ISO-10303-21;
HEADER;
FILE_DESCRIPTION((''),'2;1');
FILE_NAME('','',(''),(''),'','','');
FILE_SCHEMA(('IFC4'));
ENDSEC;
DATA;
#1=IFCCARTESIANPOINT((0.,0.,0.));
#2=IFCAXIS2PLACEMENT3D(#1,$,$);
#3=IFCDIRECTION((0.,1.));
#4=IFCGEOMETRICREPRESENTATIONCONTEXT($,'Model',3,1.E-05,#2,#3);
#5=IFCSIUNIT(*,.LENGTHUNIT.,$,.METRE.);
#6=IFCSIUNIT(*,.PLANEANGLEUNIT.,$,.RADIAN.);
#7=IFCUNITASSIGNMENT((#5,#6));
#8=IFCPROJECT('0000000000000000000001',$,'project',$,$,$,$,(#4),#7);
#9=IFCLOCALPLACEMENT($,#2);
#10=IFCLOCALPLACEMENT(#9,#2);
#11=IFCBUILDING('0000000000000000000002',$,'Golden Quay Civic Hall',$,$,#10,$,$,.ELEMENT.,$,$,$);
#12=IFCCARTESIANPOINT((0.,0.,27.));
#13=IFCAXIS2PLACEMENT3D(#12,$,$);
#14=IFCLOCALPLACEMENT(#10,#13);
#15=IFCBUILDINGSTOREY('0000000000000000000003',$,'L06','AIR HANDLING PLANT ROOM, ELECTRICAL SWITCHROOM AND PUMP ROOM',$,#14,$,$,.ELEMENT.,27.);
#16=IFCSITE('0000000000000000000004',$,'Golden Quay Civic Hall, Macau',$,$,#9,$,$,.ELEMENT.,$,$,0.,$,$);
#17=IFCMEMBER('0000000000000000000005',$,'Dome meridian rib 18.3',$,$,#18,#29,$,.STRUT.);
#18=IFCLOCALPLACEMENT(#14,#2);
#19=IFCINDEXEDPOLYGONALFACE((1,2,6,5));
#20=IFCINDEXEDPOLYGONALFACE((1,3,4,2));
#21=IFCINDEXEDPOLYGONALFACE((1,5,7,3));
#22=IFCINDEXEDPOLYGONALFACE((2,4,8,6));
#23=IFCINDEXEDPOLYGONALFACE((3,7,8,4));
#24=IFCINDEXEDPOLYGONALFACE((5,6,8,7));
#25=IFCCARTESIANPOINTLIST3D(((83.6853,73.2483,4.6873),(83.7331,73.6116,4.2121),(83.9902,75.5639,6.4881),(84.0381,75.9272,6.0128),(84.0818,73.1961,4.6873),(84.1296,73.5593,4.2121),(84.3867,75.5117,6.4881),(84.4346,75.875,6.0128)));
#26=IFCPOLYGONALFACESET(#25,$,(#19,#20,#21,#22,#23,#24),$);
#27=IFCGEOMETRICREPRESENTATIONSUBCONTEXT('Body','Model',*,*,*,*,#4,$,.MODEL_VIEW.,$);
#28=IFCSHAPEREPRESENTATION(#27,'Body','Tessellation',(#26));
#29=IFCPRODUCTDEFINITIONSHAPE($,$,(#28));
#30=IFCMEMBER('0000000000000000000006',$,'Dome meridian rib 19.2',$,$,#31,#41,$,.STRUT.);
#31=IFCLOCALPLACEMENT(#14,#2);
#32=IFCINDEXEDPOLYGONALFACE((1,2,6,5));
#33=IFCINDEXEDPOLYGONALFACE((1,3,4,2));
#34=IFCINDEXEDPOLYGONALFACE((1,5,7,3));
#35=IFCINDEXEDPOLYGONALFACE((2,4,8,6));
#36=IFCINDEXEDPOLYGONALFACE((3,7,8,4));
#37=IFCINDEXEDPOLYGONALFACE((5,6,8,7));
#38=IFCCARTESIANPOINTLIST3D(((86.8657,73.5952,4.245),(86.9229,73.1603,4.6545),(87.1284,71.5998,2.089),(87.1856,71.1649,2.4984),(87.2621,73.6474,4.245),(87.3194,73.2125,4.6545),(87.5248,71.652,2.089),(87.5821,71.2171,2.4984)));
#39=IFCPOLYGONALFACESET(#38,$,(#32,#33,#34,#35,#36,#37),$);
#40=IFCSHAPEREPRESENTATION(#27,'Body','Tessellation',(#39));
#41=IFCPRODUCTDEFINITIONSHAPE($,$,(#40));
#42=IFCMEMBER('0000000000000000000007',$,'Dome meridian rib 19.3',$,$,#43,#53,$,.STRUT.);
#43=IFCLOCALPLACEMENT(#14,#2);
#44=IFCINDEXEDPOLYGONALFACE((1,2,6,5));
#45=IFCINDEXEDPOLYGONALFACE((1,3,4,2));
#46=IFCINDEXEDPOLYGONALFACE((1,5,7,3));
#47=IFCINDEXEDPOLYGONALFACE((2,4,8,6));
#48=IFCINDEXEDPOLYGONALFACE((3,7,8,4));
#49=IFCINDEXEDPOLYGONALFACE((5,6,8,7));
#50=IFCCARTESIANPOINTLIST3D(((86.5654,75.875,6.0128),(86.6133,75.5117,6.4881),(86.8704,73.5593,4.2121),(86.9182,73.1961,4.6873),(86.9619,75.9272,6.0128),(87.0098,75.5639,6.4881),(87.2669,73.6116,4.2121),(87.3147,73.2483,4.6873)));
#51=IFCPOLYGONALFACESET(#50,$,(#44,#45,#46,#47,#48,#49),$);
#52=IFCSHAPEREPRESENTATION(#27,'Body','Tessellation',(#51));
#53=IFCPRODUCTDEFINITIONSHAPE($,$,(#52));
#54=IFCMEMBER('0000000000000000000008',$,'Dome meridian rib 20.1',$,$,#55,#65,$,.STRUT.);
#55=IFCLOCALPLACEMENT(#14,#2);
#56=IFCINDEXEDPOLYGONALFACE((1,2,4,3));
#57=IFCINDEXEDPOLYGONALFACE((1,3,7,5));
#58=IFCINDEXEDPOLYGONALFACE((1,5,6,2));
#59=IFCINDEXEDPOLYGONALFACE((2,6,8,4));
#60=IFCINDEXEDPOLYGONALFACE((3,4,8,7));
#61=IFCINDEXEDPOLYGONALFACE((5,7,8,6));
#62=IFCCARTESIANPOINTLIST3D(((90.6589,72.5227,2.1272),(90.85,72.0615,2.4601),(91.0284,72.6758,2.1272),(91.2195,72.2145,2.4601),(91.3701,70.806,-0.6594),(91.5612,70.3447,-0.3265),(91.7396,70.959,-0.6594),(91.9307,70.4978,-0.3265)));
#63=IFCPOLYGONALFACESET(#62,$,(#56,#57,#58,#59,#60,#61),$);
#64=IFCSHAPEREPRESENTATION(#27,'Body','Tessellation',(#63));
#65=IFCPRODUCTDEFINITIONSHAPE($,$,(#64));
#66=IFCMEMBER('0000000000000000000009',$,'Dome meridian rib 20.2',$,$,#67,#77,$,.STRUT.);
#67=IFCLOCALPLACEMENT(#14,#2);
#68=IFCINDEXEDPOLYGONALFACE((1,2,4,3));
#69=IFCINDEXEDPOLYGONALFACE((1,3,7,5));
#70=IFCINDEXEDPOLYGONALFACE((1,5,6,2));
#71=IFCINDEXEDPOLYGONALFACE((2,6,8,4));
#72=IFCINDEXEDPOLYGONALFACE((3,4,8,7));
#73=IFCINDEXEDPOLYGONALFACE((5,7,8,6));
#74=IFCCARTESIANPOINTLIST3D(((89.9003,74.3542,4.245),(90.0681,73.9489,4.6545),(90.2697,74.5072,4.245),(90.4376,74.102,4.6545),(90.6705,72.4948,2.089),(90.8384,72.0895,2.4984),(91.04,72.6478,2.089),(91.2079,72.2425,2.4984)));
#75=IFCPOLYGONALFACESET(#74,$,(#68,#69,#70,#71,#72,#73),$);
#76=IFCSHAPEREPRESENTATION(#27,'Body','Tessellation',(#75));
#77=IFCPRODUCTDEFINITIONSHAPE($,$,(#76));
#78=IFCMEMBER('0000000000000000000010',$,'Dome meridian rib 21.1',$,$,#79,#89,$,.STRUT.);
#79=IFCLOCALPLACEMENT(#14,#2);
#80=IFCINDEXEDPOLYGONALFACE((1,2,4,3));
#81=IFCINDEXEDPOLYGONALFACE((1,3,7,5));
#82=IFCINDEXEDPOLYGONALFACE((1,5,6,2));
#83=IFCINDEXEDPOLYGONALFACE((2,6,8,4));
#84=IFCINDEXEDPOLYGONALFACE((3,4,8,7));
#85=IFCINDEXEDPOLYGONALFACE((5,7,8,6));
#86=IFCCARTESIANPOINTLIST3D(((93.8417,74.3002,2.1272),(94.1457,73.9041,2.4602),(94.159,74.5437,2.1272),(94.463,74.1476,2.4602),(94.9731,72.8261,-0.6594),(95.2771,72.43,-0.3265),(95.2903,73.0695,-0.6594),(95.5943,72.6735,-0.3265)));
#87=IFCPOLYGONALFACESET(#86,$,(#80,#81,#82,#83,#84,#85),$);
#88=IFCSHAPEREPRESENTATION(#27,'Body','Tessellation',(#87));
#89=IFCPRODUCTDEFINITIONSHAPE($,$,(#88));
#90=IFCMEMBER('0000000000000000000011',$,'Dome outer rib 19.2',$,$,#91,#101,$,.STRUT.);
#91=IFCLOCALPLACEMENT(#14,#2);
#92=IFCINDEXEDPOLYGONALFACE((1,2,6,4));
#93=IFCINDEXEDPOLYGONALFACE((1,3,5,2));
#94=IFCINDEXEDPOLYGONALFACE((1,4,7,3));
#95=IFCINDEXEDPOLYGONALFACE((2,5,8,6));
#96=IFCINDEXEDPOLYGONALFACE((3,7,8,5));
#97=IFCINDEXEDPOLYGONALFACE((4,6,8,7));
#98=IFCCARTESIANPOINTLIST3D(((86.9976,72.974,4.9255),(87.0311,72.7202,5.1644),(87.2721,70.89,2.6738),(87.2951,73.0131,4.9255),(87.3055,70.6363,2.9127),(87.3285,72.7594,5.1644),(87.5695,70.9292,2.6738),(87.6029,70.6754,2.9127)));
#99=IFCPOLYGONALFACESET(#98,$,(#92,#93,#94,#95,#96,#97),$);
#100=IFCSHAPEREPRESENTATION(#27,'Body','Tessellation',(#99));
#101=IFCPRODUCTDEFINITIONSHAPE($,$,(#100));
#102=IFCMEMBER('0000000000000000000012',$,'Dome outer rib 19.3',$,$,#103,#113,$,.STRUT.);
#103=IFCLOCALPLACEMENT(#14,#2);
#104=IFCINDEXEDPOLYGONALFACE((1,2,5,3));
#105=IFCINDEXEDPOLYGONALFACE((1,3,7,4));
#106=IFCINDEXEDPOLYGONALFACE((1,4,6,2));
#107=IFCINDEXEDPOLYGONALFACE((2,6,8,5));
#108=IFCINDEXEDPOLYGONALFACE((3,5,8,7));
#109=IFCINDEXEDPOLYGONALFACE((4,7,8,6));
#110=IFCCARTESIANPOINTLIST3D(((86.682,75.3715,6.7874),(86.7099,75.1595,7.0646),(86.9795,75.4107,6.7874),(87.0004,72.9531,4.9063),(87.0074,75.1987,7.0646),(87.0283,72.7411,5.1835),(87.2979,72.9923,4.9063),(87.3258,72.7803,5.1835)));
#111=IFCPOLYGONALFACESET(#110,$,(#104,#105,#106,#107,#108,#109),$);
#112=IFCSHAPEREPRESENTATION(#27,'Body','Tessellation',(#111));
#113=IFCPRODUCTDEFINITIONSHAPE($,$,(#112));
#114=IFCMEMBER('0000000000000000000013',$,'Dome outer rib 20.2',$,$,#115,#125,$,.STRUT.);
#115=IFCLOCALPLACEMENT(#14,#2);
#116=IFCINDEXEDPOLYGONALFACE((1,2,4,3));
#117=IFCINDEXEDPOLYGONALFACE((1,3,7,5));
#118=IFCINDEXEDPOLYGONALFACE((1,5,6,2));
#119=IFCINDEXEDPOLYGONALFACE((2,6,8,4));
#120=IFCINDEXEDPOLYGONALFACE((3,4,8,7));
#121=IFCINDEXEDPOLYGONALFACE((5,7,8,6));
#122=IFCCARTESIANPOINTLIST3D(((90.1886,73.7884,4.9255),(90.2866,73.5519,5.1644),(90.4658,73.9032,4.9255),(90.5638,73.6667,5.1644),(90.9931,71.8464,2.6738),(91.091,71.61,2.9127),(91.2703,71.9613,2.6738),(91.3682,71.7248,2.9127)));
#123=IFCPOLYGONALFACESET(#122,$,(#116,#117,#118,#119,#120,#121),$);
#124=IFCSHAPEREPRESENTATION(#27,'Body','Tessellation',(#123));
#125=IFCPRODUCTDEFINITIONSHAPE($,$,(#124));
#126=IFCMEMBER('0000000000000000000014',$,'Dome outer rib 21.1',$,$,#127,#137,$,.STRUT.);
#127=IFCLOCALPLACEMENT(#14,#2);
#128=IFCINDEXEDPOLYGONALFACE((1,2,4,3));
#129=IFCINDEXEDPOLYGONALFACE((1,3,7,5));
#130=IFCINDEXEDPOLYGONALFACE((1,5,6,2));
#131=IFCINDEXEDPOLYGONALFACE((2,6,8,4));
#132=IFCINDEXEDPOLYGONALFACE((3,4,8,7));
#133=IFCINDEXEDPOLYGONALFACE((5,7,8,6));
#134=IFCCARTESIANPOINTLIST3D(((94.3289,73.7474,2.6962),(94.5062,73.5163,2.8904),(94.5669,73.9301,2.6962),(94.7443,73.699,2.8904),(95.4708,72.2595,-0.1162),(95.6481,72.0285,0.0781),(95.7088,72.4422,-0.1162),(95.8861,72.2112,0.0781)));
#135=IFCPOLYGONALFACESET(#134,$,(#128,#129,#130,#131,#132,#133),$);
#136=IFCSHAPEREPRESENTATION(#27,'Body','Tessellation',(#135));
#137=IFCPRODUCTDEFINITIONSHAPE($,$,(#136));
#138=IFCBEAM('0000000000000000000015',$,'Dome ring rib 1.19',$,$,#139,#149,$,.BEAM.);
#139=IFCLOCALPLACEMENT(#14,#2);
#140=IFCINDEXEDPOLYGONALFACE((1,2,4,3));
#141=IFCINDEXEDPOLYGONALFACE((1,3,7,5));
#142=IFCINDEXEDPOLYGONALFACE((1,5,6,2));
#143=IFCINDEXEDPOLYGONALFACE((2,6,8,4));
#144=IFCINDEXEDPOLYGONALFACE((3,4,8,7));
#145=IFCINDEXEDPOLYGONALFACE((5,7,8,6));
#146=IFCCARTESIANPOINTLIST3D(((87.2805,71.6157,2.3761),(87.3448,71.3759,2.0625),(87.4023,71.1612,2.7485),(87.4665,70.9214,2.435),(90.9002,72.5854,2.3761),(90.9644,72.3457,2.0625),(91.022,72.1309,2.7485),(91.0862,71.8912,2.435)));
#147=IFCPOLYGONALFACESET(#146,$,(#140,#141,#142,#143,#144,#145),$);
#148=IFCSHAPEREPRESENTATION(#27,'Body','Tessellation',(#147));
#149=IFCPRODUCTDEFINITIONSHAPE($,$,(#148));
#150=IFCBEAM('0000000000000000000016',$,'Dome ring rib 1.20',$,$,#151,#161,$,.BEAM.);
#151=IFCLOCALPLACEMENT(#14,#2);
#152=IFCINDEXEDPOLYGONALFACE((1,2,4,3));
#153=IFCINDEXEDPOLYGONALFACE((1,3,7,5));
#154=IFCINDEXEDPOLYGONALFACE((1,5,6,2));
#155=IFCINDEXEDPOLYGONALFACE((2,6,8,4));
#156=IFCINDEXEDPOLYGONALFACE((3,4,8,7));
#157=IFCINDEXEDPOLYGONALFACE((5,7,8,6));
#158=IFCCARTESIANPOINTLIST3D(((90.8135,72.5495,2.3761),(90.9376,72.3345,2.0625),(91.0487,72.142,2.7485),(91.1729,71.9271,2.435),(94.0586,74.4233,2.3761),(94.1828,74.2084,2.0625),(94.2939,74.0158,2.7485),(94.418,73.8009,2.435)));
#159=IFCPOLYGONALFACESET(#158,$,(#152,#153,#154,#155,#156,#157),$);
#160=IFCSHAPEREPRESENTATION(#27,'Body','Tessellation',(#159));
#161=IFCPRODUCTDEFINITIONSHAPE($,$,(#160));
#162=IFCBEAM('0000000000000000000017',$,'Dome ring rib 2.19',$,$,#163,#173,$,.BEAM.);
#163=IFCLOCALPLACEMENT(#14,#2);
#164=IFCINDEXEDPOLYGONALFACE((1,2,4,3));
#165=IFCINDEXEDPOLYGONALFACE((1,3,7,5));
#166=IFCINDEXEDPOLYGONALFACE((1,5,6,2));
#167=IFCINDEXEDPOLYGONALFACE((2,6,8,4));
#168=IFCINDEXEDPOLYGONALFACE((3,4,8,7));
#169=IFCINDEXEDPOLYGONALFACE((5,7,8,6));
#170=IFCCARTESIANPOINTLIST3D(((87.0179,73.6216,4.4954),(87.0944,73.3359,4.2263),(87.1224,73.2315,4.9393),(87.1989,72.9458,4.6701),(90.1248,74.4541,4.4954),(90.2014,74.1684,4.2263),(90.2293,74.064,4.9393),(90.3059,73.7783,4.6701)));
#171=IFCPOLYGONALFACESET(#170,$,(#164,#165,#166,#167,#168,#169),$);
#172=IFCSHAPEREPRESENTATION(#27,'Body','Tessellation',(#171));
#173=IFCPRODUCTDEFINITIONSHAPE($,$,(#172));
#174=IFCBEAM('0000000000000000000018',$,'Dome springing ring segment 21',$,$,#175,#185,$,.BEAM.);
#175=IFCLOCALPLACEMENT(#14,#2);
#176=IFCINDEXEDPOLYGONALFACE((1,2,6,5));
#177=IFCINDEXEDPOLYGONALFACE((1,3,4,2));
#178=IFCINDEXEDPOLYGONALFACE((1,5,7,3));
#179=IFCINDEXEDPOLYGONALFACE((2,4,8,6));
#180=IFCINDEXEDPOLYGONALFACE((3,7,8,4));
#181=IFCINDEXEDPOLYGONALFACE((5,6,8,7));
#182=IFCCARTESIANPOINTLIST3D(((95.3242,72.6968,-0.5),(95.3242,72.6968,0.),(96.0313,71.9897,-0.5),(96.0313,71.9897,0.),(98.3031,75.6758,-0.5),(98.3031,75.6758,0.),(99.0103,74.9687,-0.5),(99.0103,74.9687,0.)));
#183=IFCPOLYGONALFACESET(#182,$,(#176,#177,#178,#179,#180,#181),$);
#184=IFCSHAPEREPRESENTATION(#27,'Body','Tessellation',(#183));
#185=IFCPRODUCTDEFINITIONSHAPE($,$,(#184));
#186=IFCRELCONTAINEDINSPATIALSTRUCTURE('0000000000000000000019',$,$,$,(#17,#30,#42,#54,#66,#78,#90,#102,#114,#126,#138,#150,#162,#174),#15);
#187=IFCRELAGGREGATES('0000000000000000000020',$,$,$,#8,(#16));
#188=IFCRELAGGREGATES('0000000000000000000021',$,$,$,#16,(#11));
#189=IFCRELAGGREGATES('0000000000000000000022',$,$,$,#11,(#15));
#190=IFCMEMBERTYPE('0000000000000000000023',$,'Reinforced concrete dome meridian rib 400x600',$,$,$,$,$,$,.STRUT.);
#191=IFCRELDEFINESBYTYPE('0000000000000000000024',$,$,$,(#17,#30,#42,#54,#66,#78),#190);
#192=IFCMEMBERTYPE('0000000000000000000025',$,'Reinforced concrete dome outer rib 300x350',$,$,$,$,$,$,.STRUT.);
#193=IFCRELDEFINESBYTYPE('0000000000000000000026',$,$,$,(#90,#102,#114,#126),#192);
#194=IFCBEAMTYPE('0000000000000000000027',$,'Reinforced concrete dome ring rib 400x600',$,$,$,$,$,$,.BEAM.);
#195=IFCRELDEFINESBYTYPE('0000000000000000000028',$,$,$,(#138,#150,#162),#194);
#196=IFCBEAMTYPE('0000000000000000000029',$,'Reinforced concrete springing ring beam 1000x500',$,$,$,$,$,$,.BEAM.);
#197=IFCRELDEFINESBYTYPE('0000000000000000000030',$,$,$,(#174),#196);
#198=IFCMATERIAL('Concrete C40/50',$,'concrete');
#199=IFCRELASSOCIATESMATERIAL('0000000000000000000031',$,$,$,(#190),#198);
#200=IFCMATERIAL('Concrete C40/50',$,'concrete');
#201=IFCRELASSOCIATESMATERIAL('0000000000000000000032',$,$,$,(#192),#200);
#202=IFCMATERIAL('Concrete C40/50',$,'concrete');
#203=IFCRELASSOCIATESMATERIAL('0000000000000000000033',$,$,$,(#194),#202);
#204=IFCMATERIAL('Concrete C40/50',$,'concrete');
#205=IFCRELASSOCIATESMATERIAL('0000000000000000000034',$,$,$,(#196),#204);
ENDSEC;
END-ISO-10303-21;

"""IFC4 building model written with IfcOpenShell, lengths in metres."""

from ifc_helpers import new_model, si_unit, direction, frame, origin, origin_2d, place, context, subcontext, project, spatial, rectangle, extrude, material, material_profile, profile_set, type_object, element, save


model = new_model("IFC4")

# Units and contexts
model_context = context("Model", 3, precision=1e-05, world=origin(), true_north=direction((0.0, 1.0)))
body_context = subcontext(model_context, "Body", "Model", "MODEL_VIEW")
ifc_project = project(units=[si_unit("LENGTHUNIT", "METRE"), si_unit("PLANEANGLEUNIT", "RADIAN")], contexts=[model_context])

# Site, building, storey
site_placement = place(None, origin())
site = spatial("IfcSite", under=ifc_project, at=site_placement, Name="Golden Quay Civic Hall, Macau", CompositionType="ELEMENT", RefElevation=0.0)
building_placement = place(site_placement, origin())
building = spatial("IfcBuilding", under=site, at=building_placement, Name="Golden Quay Civic Hall", CompositionType="ELEMENT")
storey_placement = place(building_placement, frame((0.0, 0.0, 27.0)))
storey = spatial("IfcBuildingStorey", under=building, at=storey_placement, Name="L06", Description="AIR HANDLING PLANT ROOM, ELECTRICAL SWITCHROOM AND PUMP ROOM", CompositionType="ELEMENT", Elevation=27.0)

# Members
ifc_material_1 = material(Name="Concrete C40/50", Category="concrete")
ifc_material_profile_1 = material_profile(ifc_material_1, rectangle(XDim=0.3999, YDim=0.6001, at=origin_2d()), Name="RC 400x600")
ifc_profile_set_1 = profile_set([ifc_material_profile_1], Name="Concrete C40/50")
member_type_1 = type_object("IfcMemberType", Name="Reinforced concrete dome meridian rib 400x600", PredefinedType="STRUT", material=ifc_profile_set_1)
member_1_placement = place(storey_placement, frame((83.9075, 73.4038, 4.4497), z_axis=(0.103393, 0.785171, 0.610587), x_axis=(-0.991441, 0.130555, 0.0)))
element("IfcMember", 1, at=member_1_placement, inside=storey, type_object=member_type_1, Name="Dome meridian rib 18.3", PredefinedType="STRUT", context=body_context, shape_type="SweptSolid", body=[
    extrude(rectangle(XDim=0.3999, YDim=0.6001, at=origin_2d()), origin(), (0.0, 0.0, 1.0), 2.9492),
])
member_2_placement = place(storey_placement, frame((87.3552, 71.4084, 2.2937), z_axis=(-0.089068, 0.676536, 0.731003), x_axis=(-0.991445, -0.130527, 0.0)))
element("IfcMember", 2, at=member_2_placement, inside=storey, type_object=member_type_1, Name="Dome meridian rib 19.2", PredefinedType="STRUT", context=body_context, shape_type="SweptSolid", body=[
    extrude(rectangle(XDim=0.3999, YDim=0.6001, at=origin_2d()), origin(), (0.0, 0.0, 1.0), 2.9495),
])
member_3_placement = place(storey_placement, frame((87.0925, 73.4038, 4.4497), z_axis=(-0.103393, 0.785171, 0.610587), x_axis=(-0.991441, -0.130555, 0.0)))
element("IfcMember", 3, at=member_3_placement, inside=storey, type_object=member_type_1, Name="Dome meridian rib 19.3", PredefinedType="STRUT", context=body_context, shape_type="SweptSolid", body=[
    extrude(rectangle(XDim=0.3999, YDim=0.6001, at=origin_2d()), origin(), (0.0, 0.0, 1.0), 2.9492),
])
member_4_placement = place(storey_placement, frame((91.6504, 70.6519, -0.4929), z_axis=(-0.212332, 0.51257, 0.831978), x_axis=(-0.923868, -0.382711, 0.0)))
element("IfcMember", 4, at=member_4_placement, inside=storey, type_object=member_type_1, Name="Dome meridian rib 20.1", PredefinedType="STRUT", context=body_context, shape_type="SweptSolid", body=[
    extrude(rectangle(XDim=0.3999, YDim=0.6001, at=origin_2d()), origin(), (0.0, 0.0, 1.0), 3.3494),
])
member_5_placement = place(storey_placement, frame((90.9392, 72.3687, 2.2937), z_axis=(-0.26116, 0.630425, 0.730999), x_axis=(-0.923865, -0.38272, 0.0)))
element("IfcMember", 5, at=member_5_placement, inside=storey, type_object=member_type_1, Name="Dome meridian rib 20.2", PredefinedType="STRUT", context=body_context, shape_type="SweptSolid", body=[
    extrude(rectangle(XDim=0.3999, YDim=0.6001, at=origin_2d()), origin(), (0.0, 0.0, 1.0), 2.9495),
])
member_6_placement = place(storey_placement, frame((95.2837, 72.7498, -0.4929), z_axis=(-0.33778, 0.44012, 0.831985), x_axis=(-0.793298, -0.608834, 0.0)))
element("IfcMember", 6, at=member_6_placement, inside=storey, type_object=member_type_1, Name="Dome meridian rib 21.1", PredefinedType="STRUT", context=body_context, shape_type="SweptSolid", body=[
    extrude(rectangle(XDim=0.3999, YDim=0.6001, at=origin_2d()), origin(), (0.0, 0.0, 1.0), 3.3494),
])
ifc_material_2 = material(Name="Concrete C40/50", Category="concrete")
ifc_material_profile_2 = material_profile(ifc_material_2, rectangle(XDim=0.3, YDim=0.3501, at=origin_2d()), Name="RC 300x350")
ifc_profile_set_2 = profile_set([ifc_material_profile_2], Name="Concrete C40/50")
member_type_2 = type_object("IfcMemberType", Name="Reinforced concrete dome outer rib 300x350", PredefinedType="STRUT", material=ifc_profile_set_2)
for number, where, z_axis, x_axis, name in (
    (7, (87.4375, 70.7827, 2.7932), (-0.089086, 0.676544, 0.730994), (-0.991442, -0.130551, 0.0), "Dome outer rib 19.2"),
    (8, (87.1631, 72.8667, 5.0449), (-0.10335, 0.785112, 0.610669), (-0.991447, -0.130511, 0.0), "Dome outer rib 19.3"),
    (9, (91.1807, 71.7856, 2.7932), (-0.261157, 0.630423, 0.731002), (-0.923865, -0.382718, 0.0), "Dome outer rib 20.2"),
):
    element("IfcMember", number, at=place(storey_placement, frame(where, z_axis=z_axis, x_axis=x_axis)), inside=storey, type_object=member_type_2, Name=name, PredefinedType="STRUT", context=body_context, shape_type="SweptSolid", body=[
        extrude(rectangle(XDim=0.3, YDim=0.3501, at=origin_2d()), origin(), (0.0, 0.0, 1.0), 3.0803),
    ])
member_7_placement = place(storey_placement, frame((95.6785, 72.2354, -0.019), z_axis=(-0.337799, 0.440142, 0.831966), x_axis=(-0.793296, -0.608836, 0.0)))
element("IfcMember", 10, at=member_7_placement, inside=storey, type_object=member_type_2, Name="Dome outer rib 21.1", PredefinedType="STRUT", context=body_context, shape_type="SweptSolid", body=[
    extrude(rectangle(XDim=0.3, YDim=0.3501, at=origin_2d()), origin(), (0.0, 0.0, 1.0), 3.3804),
])

# Beams
ifc_material_3 = material(Name="Concrete C40/50", Category="concrete")
ifc_material_profile_3 = material_profile(ifc_material_3, rectangle(XDim=0.3999, YDim=0.6001, at=origin_2d()), Name="RC 400x600")
ifc_profile_set_3 = profile_set([ifc_material_profile_3], Name="Concrete C40/50")
beam_type_1 = type_object("IfcBeamType", Name="Reinforced concrete dome ring rib 400x600", PredefinedType="BEAM", material=ifc_profile_set_3)
for number, where, z_axis, x_axis, name in (
    (11, (87.3735, 71.2686, 2.4055), (0.965936, 0.258782, 0.0), (-0.160616, 0.599518, 0.784079), "Dome ring rib 1.19"),
    (12, (90.9932, 72.2383, 2.4055), (0.866001, 0.500042, 0.0), (-0.310356, 0.537493, 0.784079), "Dome ring rib 1.20"),
):
    element("IfcBeam", number, at=place(storey_placement, frame(where, z_axis=z_axis, x_axis=x_axis)), inside=storey, type_object=beam_type_1, Name=name, PredefinedType="BEAM", context=body_context, shape_type="SweptSolid", body=[
        extrude(rectangle(XDim=0.3999, YDim=0.6001, at=origin_2d()), origin(), (0.0, 0.0, 1.0), 3.7473),
    ])
beam_1_placement = place(storey_placement, frame((87.1084, 73.2837, 4.5828), z_axis=(0.965924, 0.258825, 0.0), x_axis=(-0.191425, 0.714393, 0.673053)))
element("IfcBeam", 13, at=beam_1_placement, inside=storey, type_object=beam_type_1, Name="Dome ring rib 2.19", PredefinedType="BEAM", context=body_context, shape_type="SweptSolid", body=[
    extrude(rectangle(XDim=0.3999, YDim=0.6001, at=origin_2d()), origin(), (0.0, 0.0, 1.0), 3.2166),
])
ifc_material_4 = material(Name="Concrete C40/50", Category="concrete")
ifc_material_profile_4 = material_profile(ifc_material_4, rectangle(XDim=1.0, YDim=0.5, at=origin_2d()), Name="RC 1000x500")
ifc_profile_set_4 = profile_set([ifc_material_profile_4], Name="Concrete C40/50")
beam_type_2 = type_object("IfcBeamType", Name="Reinforced concrete springing ring beam 1000x500", PredefinedType="BEAM", material=ifc_profile_set_4)
beam_2_placement = place(storey_placement, frame((95.6777, 72.3433, -0.25), z_axis=(0.707107, 0.707107, 0.0), x_axis=(-0.707107, 0.707107, 0.0)))
element("IfcBeam", 14, at=beam_2_placement, inside=storey, type_object=beam_type_2, Name="Dome springing ring segment 21", PredefinedType="BEAM", context=body_context, shape_type="SweptSolid", body=[
    extrude(rectangle(XDim=1.0, YDim=0.5, at=origin_2d()), origin(), (0.0, 0.0, 1.0), 4.2129),
])

save(model, "model.ifc")
